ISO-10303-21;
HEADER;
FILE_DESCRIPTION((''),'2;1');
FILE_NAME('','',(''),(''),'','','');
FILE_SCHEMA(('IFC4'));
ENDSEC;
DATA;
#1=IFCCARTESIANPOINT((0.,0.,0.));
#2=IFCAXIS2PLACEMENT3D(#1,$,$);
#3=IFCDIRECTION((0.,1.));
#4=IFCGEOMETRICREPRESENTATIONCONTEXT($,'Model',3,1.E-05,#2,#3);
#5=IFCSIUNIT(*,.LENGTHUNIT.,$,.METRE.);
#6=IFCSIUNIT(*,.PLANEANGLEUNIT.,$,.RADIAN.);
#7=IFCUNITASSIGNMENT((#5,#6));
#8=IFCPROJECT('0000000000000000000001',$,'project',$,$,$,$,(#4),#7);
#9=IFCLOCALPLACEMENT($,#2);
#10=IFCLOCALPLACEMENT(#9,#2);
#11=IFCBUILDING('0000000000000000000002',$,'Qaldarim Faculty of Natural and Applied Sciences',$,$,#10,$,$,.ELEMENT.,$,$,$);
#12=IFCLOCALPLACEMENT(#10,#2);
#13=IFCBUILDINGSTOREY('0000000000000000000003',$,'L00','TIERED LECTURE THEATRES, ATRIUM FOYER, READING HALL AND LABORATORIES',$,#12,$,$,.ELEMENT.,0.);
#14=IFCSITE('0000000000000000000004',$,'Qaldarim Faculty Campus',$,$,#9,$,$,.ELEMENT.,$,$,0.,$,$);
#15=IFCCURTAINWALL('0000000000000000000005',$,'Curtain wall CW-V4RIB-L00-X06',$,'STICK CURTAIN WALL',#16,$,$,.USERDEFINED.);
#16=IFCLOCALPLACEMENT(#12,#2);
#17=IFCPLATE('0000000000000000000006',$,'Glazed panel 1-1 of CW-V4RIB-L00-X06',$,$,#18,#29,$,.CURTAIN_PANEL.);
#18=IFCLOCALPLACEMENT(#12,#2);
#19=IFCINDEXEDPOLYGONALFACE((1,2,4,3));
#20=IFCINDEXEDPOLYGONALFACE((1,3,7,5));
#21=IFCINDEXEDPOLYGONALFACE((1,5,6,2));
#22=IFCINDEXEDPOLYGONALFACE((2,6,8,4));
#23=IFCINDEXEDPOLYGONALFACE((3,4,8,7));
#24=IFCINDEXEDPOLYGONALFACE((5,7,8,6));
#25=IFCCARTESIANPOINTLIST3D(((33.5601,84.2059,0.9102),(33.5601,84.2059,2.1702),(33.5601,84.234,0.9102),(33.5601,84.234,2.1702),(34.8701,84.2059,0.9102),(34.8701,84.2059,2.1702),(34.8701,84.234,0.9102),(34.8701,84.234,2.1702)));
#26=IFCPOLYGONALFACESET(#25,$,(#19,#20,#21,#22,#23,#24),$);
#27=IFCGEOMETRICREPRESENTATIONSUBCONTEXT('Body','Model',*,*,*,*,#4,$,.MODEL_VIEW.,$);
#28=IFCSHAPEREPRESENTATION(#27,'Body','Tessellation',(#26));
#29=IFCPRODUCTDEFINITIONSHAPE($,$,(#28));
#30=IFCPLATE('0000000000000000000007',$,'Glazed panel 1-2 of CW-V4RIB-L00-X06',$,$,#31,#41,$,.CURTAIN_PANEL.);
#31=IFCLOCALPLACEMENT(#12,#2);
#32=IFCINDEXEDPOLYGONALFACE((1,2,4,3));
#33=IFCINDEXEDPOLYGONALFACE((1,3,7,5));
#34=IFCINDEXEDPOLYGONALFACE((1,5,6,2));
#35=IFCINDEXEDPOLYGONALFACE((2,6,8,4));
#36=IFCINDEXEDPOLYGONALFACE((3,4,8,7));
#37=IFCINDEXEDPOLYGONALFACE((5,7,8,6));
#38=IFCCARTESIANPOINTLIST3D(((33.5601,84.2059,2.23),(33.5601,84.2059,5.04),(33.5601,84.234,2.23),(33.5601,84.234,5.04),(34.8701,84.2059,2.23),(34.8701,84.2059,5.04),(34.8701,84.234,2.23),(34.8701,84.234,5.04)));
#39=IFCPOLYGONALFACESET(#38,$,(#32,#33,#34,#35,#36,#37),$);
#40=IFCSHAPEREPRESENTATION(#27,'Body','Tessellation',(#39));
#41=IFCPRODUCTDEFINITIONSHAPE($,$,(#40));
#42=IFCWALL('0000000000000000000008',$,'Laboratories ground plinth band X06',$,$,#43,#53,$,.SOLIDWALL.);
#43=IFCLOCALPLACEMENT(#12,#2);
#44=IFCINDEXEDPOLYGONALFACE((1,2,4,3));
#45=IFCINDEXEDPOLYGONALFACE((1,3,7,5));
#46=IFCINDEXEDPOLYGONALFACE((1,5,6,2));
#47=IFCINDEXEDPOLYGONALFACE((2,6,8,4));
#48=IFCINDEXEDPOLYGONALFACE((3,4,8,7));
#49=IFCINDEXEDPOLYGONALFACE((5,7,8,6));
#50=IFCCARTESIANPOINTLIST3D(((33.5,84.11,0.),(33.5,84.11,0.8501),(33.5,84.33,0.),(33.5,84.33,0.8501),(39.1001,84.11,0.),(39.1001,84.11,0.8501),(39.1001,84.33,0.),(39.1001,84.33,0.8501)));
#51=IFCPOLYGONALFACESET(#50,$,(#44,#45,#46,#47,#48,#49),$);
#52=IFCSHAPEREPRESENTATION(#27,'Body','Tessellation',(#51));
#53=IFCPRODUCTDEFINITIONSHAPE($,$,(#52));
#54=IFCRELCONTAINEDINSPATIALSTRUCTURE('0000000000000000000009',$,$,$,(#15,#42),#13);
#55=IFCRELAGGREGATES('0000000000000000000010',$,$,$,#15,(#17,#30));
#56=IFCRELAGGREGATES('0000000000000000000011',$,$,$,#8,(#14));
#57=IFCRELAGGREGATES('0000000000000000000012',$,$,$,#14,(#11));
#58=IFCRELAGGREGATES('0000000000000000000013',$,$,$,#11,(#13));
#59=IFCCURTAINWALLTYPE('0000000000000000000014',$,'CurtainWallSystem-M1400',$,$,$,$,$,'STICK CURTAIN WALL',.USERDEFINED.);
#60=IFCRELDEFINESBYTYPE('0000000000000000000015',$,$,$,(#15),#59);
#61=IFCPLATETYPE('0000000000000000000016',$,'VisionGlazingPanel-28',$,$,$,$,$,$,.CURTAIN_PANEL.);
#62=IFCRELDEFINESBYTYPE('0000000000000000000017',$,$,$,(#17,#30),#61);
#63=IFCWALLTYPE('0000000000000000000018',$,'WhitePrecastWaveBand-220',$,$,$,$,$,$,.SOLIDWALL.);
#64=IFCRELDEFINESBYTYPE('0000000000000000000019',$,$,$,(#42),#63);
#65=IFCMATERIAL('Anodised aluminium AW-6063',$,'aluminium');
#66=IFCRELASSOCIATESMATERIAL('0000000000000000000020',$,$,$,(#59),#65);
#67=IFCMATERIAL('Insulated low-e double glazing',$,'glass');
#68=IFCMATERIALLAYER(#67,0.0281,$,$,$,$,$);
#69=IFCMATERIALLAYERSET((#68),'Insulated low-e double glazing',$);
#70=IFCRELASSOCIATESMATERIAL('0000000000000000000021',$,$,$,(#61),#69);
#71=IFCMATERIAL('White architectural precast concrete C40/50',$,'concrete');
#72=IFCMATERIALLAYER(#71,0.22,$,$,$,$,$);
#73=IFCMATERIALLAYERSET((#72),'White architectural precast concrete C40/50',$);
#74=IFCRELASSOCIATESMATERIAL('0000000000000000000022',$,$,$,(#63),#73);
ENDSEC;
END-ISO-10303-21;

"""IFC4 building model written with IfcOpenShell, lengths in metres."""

from ifc_helpers import new_model, si_unit, direction, frame, frame_2d, origin, origin_2d, place, context, subcontext, project, spatial, rectangle, extrude, material, layer, layer_set, type_object, element, aggregate, save


model = new_model("IFC4")

# Units and contexts
model_context = context("Model", 3, precision=1e-05, world=origin(), true_north=direction((0.0, 1.0)))
body_context = subcontext(model_context, "Body", "Model", "MODEL_VIEW")
ifc_project = project(units=[si_unit("LENGTHUNIT", "METRE"), si_unit("PLANEANGLEUNIT", "RADIAN")], contexts=[model_context])

# Site, building, storey
site_placement = place(None, origin())
site = spatial("IfcSite", under=ifc_project, at=site_placement, Name="Qaldarim Faculty Campus", CompositionType="ELEMENT", RefElevation=0.0)
building_placement = place(site_placement, origin())
building = spatial("IfcBuilding", under=site, at=building_placement, Name="Qaldarim Faculty of Natural and Applied Sciences", CompositionType="ELEMENT")
storey_placement = place(building_placement, origin())
storey = spatial("IfcBuildingStorey", under=building, at=storey_placement, Name="L00", Description="TIERED LECTURE THEATRES, ATRIUM FOYER, READING HALL AND LABORATORIES", CompositionType="ELEMENT", Elevation=0.0)

# Curtain wall
ifc_material_1 = material(Name="Anodised aluminium AW-6063", Category="aluminium")
curtain_wall_type = type_object("IfcCurtainWallType", Name="CurtainWallSystem-M1400", ElementType="STICK CURTAIN WALL", PredefinedType="USERDEFINED", material=ifc_material_1)
curtain_wall_placement = place(storey_placement, origin())
curtain_wall = element("IfcCurtainWall", 1, at=curtain_wall_placement, inside=storey, type_object=curtain_wall_type, Name="Curtain wall CW-V4RIB-L00-X06", ObjectType="STICK CURTAIN WALL", PredefinedType="USERDEFINED")

# Plates
ifc_material_2 = material(Name="Insulated low-e double glazing", Category="glass")
ifc_layer_1 = layer(ifc_material_2, 0.0281)
ifc_layer_set_1 = layer_set([ifc_layer_1], Name="Insulated low-e double glazing")
plate_type = type_object("IfcPlateType", Name="VisionGlazingPanel-28", PredefinedType="CURTAIN_PANEL", material=ifc_layer_set_1)
plate_1_placement = place(storey_placement, frame((34.2151, 84.22, 0.9102), z_axis=(0.0, 0.0, 1.0), x_axis=(1.0, 0.0, 0.0)))
plate_1 = element("IfcPlate", 2, at=plate_1_placement, type_object=plate_type, Name="Glazed panel 1-1 of CW-V4RIB-L00-X06", PredefinedType="CURTAIN_PANEL", context=body_context, shape_type="SweptSolid", body=[
    extrude(rectangle(XDim=1.3101, YDim=0.0281, at=origin_2d()), origin(), (0.0, 0.0, 1.0), 1.26),
])
plate_2_placement = place(storey_placement, frame((34.2151, 84.22, 2.23), z_axis=(0.0, 0.0, 1.0), x_axis=(1.0, 0.0, 0.0)))
plate_2 = element("IfcPlate", 3, at=plate_2_placement, type_object=plate_type, Name="Glazed panel 1-2 of CW-V4RIB-L00-X06", PredefinedType="CURTAIN_PANEL", context=body_context, shape_type="SweptSolid", body=[
    extrude(rectangle(XDim=1.3101, YDim=0.0281, at=origin_2d()), origin(), (0.0, 0.0, 1.0), 2.8101),
])
aggregate(curtain_wall, [plate_1, plate_2])

# Wall
ifc_material_3 = material(Name="White architectural precast concrete C40/50", Category="concrete")
ifc_layer_2 = layer(ifc_material_3, 0.22)
ifc_layer_set_2 = layer_set([ifc_layer_2], Name="White architectural precast concrete C40/50")
wall_type = type_object("IfcWallType", Name="WhitePrecastWaveBand-220", PredefinedType="SOLIDWALL", material=ifc_layer_set_2)
wall_placement = place(storey_placement, frame((33.5, 84.22, 0.0), z_axis=(0.0, 0.0, 1.0), x_axis=(1.0, 0.0, 0.0)))
element("IfcWall", 4, at=wall_placement, inside=storey, type_object=wall_type, Name="Laboratories ground plinth band X06", PredefinedType="SOLIDWALL", context=body_context, shape_type="SweptSolid", body=[
    extrude(rectangle(XDim=5.6001, YDim=0.22, at=frame_2d((2.8, 0.0))), origin(), (0.0, 0.0, 1.0), 0.8501),
])

save(model, "model.ifc")
